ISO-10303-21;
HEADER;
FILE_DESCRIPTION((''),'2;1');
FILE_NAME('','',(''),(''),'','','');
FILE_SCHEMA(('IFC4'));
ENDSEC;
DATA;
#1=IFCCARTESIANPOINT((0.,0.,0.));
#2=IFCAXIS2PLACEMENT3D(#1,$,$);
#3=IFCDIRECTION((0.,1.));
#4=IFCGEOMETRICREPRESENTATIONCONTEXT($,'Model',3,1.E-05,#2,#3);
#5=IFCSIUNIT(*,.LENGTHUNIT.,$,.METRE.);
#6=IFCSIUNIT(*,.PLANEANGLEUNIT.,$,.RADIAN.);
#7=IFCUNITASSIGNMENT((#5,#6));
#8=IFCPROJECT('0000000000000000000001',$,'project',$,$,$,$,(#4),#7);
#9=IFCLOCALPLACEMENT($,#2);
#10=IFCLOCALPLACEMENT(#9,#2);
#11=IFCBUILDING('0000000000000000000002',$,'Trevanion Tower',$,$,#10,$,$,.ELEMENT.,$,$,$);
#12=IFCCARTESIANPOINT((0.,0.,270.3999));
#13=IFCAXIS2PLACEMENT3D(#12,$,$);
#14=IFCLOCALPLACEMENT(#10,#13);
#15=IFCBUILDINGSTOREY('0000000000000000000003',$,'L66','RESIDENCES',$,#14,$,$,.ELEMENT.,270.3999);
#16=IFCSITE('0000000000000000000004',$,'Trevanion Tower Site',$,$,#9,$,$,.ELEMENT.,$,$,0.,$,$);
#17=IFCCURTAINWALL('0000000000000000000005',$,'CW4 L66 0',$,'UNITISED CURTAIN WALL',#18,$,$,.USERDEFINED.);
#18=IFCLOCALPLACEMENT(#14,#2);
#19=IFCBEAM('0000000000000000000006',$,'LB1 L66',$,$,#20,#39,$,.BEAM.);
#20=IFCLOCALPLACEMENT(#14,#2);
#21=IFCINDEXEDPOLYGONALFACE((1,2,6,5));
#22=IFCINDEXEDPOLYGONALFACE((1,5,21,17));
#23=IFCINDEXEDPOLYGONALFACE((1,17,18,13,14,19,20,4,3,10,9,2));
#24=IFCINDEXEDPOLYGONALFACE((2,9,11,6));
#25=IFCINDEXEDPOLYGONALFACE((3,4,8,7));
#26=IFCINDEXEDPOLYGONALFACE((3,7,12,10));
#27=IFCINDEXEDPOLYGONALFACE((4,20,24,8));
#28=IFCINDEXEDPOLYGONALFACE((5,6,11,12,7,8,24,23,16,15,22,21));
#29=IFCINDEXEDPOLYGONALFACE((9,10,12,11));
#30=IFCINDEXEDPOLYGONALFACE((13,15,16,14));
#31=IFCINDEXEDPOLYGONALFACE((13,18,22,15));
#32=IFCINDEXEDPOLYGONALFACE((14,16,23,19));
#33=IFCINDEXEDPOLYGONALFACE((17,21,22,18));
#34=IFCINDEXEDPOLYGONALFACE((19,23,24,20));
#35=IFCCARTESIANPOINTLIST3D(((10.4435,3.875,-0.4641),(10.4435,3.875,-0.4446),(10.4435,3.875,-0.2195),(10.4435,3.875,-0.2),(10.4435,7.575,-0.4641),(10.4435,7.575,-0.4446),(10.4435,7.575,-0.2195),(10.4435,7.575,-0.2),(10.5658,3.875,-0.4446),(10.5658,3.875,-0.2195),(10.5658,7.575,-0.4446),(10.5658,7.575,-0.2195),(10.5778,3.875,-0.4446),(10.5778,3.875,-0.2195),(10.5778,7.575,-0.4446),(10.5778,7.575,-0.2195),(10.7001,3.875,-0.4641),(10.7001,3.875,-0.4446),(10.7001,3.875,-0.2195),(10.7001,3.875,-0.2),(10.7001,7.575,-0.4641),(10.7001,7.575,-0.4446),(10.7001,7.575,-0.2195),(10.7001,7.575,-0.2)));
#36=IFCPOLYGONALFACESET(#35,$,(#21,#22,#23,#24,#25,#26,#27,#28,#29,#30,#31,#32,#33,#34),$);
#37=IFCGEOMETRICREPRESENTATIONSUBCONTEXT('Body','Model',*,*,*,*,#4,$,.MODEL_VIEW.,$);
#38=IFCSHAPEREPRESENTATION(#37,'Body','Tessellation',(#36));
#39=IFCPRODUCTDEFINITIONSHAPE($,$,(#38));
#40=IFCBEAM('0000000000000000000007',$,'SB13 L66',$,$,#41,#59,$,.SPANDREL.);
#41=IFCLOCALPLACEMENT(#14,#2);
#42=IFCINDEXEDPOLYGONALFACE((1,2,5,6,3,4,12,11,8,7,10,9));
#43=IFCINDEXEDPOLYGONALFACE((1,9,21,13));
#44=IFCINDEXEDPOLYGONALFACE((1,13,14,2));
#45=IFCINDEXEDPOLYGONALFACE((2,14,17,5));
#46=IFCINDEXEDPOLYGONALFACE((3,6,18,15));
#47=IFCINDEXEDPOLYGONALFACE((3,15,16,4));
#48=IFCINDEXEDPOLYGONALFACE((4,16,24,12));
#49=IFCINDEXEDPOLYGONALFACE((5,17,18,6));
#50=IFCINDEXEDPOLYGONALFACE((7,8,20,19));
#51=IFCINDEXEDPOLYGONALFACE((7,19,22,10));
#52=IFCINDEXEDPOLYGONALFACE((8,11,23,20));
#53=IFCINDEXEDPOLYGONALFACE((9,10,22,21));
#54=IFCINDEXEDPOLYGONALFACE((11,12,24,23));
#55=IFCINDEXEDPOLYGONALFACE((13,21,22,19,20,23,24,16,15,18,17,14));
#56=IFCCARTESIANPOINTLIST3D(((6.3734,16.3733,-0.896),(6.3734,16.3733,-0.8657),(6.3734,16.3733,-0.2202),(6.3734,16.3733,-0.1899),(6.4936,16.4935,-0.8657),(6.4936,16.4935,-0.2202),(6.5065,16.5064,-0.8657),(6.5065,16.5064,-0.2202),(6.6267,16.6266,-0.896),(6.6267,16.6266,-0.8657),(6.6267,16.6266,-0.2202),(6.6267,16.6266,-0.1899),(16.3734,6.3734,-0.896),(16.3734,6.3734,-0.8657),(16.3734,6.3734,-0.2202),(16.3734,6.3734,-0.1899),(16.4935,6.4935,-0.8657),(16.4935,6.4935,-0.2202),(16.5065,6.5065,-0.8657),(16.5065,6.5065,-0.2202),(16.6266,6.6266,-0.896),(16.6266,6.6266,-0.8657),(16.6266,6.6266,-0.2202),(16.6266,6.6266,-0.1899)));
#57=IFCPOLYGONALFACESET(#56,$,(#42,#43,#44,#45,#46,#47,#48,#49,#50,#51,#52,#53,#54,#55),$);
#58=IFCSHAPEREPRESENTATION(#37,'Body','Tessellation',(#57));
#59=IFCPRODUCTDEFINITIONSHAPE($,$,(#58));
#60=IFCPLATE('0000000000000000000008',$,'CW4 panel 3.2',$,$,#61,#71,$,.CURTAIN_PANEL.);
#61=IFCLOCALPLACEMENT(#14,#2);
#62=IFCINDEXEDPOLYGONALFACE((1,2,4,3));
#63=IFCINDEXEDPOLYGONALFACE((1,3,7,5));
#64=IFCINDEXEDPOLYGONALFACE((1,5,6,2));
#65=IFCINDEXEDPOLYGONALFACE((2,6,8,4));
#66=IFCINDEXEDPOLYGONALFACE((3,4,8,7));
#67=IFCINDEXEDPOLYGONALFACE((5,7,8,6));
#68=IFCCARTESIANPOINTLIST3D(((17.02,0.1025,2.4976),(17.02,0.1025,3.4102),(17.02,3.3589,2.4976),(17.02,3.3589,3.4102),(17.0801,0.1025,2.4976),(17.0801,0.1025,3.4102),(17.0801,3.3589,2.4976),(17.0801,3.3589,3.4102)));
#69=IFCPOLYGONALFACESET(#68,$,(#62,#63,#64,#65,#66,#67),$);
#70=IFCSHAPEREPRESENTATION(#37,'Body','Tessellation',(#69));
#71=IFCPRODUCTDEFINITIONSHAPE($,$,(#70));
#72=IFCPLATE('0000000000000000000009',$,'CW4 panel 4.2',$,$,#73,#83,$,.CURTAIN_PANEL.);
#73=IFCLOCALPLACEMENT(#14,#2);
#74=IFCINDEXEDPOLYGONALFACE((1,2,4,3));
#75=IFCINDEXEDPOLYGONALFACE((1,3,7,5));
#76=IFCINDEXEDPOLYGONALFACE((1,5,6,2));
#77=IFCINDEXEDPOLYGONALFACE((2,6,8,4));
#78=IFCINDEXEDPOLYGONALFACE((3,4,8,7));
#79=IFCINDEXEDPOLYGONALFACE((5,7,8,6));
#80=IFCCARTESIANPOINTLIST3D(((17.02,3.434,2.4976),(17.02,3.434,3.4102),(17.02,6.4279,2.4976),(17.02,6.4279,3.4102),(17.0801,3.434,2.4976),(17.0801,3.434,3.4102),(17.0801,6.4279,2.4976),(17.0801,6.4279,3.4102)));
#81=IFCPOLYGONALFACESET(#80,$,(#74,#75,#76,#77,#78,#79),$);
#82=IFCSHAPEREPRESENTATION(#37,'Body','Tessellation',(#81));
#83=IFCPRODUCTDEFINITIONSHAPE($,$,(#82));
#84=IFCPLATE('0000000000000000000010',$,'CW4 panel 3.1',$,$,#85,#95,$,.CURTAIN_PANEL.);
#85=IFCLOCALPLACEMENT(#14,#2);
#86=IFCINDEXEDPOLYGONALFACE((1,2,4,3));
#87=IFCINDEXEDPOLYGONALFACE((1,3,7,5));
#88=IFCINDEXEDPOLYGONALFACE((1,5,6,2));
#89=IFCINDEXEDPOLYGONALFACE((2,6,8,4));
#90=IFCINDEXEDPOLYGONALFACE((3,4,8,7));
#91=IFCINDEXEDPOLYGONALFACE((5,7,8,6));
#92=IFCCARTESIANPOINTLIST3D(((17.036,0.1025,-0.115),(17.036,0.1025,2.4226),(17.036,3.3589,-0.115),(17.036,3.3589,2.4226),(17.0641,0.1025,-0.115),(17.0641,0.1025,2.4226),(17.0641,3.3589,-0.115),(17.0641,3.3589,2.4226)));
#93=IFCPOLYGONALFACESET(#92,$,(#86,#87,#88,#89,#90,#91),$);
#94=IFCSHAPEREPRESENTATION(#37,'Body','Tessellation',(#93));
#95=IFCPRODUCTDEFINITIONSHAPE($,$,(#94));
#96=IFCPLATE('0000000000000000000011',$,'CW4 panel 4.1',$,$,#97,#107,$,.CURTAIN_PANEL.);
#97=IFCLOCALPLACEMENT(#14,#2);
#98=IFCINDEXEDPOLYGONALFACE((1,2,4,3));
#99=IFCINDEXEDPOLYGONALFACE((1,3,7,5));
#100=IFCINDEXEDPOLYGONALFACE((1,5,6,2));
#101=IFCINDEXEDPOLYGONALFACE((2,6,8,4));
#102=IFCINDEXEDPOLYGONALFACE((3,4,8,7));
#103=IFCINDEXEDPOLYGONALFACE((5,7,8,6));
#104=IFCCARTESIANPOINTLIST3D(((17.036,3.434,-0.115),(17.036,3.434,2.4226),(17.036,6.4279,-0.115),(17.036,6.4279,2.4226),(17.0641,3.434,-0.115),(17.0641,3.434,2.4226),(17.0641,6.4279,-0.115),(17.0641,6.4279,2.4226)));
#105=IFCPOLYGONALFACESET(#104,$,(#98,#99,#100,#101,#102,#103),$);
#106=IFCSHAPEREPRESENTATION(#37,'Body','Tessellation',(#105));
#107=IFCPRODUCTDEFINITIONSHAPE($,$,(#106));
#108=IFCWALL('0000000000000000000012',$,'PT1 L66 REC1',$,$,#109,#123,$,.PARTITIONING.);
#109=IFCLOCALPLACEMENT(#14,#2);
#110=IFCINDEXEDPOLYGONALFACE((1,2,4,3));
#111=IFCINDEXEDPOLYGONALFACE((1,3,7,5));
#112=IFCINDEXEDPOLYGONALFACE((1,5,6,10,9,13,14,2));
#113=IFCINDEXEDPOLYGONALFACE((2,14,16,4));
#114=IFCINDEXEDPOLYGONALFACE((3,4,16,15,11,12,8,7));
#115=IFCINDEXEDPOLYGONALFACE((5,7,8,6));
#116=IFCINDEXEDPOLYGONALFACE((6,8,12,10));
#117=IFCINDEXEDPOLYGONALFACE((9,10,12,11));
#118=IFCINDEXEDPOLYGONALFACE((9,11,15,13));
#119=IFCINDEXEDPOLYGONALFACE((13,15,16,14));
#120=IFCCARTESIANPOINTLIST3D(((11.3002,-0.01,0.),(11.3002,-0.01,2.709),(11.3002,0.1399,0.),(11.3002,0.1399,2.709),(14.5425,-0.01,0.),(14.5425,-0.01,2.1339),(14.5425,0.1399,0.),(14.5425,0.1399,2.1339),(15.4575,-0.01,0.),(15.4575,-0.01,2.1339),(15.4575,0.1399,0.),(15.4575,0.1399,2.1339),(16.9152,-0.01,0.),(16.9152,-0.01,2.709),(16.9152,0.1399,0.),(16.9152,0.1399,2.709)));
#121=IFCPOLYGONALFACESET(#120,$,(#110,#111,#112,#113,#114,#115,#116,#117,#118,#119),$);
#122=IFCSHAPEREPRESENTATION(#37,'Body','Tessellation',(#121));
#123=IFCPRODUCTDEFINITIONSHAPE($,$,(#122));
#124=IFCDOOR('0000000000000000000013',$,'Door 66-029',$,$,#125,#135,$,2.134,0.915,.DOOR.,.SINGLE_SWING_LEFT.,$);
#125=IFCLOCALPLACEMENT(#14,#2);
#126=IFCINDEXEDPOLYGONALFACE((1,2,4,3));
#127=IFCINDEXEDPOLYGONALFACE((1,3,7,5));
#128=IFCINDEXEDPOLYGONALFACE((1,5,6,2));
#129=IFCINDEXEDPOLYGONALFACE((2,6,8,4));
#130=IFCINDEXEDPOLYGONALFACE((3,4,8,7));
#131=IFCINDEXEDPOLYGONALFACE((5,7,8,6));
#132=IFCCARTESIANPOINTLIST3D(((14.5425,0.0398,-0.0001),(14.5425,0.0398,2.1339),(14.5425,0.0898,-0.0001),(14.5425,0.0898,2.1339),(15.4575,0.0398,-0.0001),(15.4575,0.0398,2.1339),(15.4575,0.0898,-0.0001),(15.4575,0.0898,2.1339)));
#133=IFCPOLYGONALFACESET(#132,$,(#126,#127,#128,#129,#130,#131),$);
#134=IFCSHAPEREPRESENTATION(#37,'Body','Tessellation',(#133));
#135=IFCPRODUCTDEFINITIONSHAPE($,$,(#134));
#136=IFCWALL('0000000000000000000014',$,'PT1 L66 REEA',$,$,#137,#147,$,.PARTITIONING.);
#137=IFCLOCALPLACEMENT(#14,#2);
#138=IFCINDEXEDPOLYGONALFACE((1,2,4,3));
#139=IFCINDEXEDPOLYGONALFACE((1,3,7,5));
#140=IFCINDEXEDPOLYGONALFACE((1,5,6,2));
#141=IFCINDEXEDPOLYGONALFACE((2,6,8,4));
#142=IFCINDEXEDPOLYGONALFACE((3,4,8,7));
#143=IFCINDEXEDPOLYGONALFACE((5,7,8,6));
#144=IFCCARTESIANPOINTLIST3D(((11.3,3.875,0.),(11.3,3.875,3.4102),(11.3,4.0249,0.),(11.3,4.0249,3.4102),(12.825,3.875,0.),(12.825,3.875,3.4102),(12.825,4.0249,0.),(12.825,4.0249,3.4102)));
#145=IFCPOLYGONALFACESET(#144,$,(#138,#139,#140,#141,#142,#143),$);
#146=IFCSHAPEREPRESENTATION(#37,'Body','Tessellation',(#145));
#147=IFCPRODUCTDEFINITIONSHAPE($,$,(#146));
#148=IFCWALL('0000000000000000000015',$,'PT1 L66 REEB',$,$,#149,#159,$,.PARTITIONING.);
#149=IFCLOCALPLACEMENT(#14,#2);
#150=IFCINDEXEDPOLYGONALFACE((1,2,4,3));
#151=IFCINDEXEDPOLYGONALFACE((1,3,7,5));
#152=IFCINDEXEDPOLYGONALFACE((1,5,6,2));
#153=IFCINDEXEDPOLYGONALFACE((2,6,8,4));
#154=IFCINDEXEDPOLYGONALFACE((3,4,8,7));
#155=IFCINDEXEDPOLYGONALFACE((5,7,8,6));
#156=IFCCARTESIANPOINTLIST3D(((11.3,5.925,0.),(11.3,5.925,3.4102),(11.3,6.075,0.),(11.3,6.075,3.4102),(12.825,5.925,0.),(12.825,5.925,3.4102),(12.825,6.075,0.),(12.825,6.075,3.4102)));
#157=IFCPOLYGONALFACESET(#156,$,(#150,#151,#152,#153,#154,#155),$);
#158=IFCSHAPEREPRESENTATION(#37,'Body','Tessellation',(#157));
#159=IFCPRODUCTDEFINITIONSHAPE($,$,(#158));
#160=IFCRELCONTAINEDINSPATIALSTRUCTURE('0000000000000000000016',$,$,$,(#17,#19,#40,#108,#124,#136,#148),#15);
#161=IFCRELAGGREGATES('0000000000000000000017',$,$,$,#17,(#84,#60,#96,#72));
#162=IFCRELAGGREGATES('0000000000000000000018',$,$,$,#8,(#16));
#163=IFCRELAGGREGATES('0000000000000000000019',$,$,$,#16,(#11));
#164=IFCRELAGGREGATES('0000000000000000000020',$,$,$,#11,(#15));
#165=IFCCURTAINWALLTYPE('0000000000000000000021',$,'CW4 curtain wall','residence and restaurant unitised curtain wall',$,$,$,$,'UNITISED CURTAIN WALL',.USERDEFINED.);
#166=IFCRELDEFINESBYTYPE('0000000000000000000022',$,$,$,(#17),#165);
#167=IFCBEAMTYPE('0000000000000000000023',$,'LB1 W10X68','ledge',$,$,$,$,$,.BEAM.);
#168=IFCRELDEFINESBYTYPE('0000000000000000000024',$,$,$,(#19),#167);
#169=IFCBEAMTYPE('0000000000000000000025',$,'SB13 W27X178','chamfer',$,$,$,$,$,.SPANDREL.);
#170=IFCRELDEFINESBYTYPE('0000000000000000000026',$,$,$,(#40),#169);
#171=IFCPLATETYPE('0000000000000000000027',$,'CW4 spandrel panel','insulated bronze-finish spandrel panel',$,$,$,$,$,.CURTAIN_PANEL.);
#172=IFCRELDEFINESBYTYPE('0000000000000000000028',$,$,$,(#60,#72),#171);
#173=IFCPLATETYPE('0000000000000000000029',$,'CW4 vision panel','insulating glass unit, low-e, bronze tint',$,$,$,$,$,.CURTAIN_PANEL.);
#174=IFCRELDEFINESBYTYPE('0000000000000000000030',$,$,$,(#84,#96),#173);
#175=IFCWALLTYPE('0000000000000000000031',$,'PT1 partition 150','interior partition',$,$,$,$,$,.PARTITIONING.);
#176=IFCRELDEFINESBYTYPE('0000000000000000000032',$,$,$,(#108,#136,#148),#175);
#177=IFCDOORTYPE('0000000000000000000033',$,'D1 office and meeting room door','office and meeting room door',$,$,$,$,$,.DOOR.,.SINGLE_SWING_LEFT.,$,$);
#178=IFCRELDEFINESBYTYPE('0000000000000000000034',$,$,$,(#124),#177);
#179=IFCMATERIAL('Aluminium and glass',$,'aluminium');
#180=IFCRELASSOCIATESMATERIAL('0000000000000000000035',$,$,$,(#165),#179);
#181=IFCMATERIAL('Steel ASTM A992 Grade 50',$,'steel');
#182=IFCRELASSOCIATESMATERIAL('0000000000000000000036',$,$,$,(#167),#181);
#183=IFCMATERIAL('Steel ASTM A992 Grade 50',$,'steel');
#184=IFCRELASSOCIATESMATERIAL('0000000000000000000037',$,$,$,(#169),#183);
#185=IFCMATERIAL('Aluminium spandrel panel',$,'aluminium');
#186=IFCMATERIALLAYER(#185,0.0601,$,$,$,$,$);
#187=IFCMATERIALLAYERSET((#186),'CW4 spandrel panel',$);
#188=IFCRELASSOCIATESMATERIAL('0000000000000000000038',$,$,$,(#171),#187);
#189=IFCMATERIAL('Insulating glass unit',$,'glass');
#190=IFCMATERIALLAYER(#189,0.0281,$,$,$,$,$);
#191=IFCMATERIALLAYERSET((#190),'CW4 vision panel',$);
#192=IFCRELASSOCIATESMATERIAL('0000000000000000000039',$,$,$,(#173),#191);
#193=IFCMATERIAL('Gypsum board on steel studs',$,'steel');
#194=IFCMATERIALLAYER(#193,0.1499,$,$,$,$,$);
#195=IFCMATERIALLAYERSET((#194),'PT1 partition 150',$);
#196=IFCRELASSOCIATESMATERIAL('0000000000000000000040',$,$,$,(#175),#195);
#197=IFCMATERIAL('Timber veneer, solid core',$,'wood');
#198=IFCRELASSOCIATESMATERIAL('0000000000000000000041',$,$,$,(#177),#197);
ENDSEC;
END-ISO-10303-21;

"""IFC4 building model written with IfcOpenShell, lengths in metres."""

from ifc_helpers import new_model, si_unit, direction, frame, frame_2d, origin, origin_2d, place, context, subcontext, project, spatial, rectangle, i_section, extrude, material, layer, layer_set, material_profile, profile_set, type_object, element, fill, aggregate, save


model = new_model("IFC4")

# Units and contexts
model_context = context("Model", 3, precision=1e-05, world=origin(), true_north=direction((0.0, 1.0)))
body_context = subcontext(model_context, "Body", "Model", "MODEL_VIEW")
ifc_project = project(units=[si_unit("LENGTHUNIT", "METRE"), si_unit("PLANEANGLEUNIT", "RADIAN")], contexts=[model_context])

# Site, building, storey
site_placement = place(None, origin())
site = spatial("IfcSite", under=ifc_project, at=site_placement, Name="Trevanion Tower Site", CompositionType="ELEMENT", RefElevation=0.0)
building_placement = place(site_placement, origin())
building = spatial("IfcBuilding", under=site, at=building_placement, Name="Trevanion Tower", CompositionType="ELEMENT")
storey_placement = place(building_placement, frame((0.0, 0.0, 270.3999)))
storey = spatial("IfcBuildingStorey", under=building, at=storey_placement, Name="L66", Description="RESIDENCES", CompositionType="ELEMENT", Elevation=270.3999)

# Curtain wall
ifc_material_1 = material(Name="Aluminium and glass", Category="aluminium")
curtain_wall_type = type_object("IfcCurtainWallType", Name="CW4 curtain wall", Description="residence and restaurant unitised curtain wall", ElementType="UNITISED CURTAIN WALL", PredefinedType="USERDEFINED", material=ifc_material_1)
curtain_wall_placement = place(storey_placement, origin())
curtain_wall = element("IfcCurtainWall", 1, at=curtain_wall_placement, inside=storey, type_object=curtain_wall_type, Name="CW4 L66 0", ObjectType="UNITISED CURTAIN WALL", PredefinedType="USERDEFINED")

# Beams
ifc_material_2 = material(Name="Steel ASTM A992 Grade 50", Category="steel")
ifc_material_profile_1 = material_profile(ifc_material_2, i_section(OverallWidth=0.2566, OverallDepth=0.2642, WebThickness=0.012, FlangeThickness=0.0195, at=origin_2d()), Name="W10X68")
ifc_profile_set_1 = profile_set([ifc_material_profile_1], Name="Steel ASTM A992 Grade 50")
beam_type_1 = type_object("IfcBeamType", Name="LB1 W10X68", Description="ledge", PredefinedType="BEAM", material=ifc_profile_set_1)
beam_1_placement = place(storey_placement, frame((10.5718, 3.875, -0.332), z_axis=(0.0, 1.0, 0.0), x_axis=(-1.0, 0.0, 0.0)))
element("IfcBeam", 2, at=beam_1_placement, inside=storey, type_object=beam_type_1, Name="LB1 L66", PredefinedType="BEAM", context=body_context, shape_type="SweptSolid", body=[
    extrude(i_section(OverallWidth=0.2566, OverallDepth=0.2642, WebThickness=0.012, FlangeThickness=0.0195, at=origin_2d()), origin(), (0.0, 0.0, 1.0), 3.7),
])
ifc_material_3 = material(Name="Steel ASTM A992 Grade 50", Category="steel")
ifc_material_profile_2 = material_profile(ifc_material_3, i_section(OverallWidth=0.3582, OverallDepth=0.7061, WebThickness=0.0183, FlangeThickness=0.0303, at=origin_2d()), Name="W27X178")
ifc_profile_set_2 = profile_set([ifc_material_profile_2], Name="Steel ASTM A992 Grade 50")
beam_type_2 = type_object("IfcBeamType", Name="SB13 W27X178", Description="chamfer", PredefinedType="SPANDREL", material=ifc_profile_set_2)
beam_2_placement = place(storey_placement, frame((16.5, 6.5, -0.543), z_axis=(-0.707107, 0.707107, 0.0), x_axis=(-0.707107, -0.707107, 0.0)))
element("IfcBeam", 3, at=beam_2_placement, inside=storey, type_object=beam_type_2, Name="SB13 L66", PredefinedType="SPANDREL", context=body_context, shape_type="SweptSolid", body=[
    extrude(i_section(OverallWidth=0.3582, OverallDepth=0.7061, WebThickness=0.0183, FlangeThickness=0.0303, at=origin_2d()), origin(), (0.0, 0.0, 1.0), 14.1421),
])

# Plates
ifc_material_4 = material(Name="Aluminium spandrel panel", Category="aluminium")
ifc_layer_1 = layer(ifc_material_4, 0.0601)
ifc_layer_set_1 = layer_set([ifc_layer_1], Name="CW4 spandrel panel")
plate_type_1 = type_object("IfcPlateType", Name="CW4 spandrel panel", Description="insulated bronze-finish spandrel panel", PredefinedType="CURTAIN_PANEL", material=ifc_layer_set_1)
plate_1_placement = place(storey_placement, frame((17.05, 1.7307, 2.4976), z_axis=(0.0, 0.0, 1.0), x_axis=(0.0, 1.0, 0.0)))
plate_1 = element("IfcPlate", 4, at=plate_1_placement, type_object=plate_type_1, Name="CW4 panel 3.2", PredefinedType="CURTAIN_PANEL", context=body_context, shape_type="SweptSolid", body=[
    extrude(rectangle(XDim=3.2563, YDim=0.0601, at=origin_2d()), origin(), (0.0, 0.0, 1.0), 0.9126),
])
plate_2_placement = place(storey_placement, frame((17.05, 4.9309, 2.4976), z_axis=(0.0, 0.0, 1.0), x_axis=(0.0, 1.0, 0.0)))
plate_2 = element("IfcPlate", 5, at=plate_2_placement, type_object=plate_type_1, Name="CW4 panel 4.2", PredefinedType="CURTAIN_PANEL", context=body_context, shape_type="SweptSolid", body=[
    extrude(rectangle(XDim=2.9939, YDim=0.0601, at=origin_2d()), origin(), (0.0, 0.0, 1.0), 0.9126),
])
ifc_material_5 = material(Name="Insulating glass unit", Category="glass")
ifc_layer_2 = layer(ifc_material_5, 0.0281)
ifc_layer_set_2 = layer_set([ifc_layer_2], Name="CW4 vision panel")
plate_type_2 = type_object("IfcPlateType", Name="CW4 vision panel", Description="insulating glass unit, low-e, bronze tint", PredefinedType="CURTAIN_PANEL", material=ifc_layer_set_2)
plate_3_placement = place(storey_placement, frame((17.05, 1.7307, -0.115), z_axis=(0.0, 0.0, 1.0), x_axis=(0.0, 1.0, 0.0)))
plate_3 = element("IfcPlate", 6, at=plate_3_placement, type_object=plate_type_2, Name="CW4 panel 3.1", PredefinedType="CURTAIN_PANEL", context=body_context, shape_type="SweptSolid", body=[
    extrude(rectangle(XDim=3.2563, YDim=0.0281, at=origin_2d()), origin(), (0.0, 0.0, 1.0), 2.5376),
])
plate_4_placement = place(storey_placement, frame((17.05, 4.9309, -0.115), z_axis=(0.0, 0.0, 1.0), x_axis=(0.0, 1.0, 0.0)))
plate_4 = element("IfcPlate", 7, at=plate_4_placement, type_object=plate_type_2, Name="CW4 panel 4.1", PredefinedType="CURTAIN_PANEL", context=body_context, shape_type="SweptSolid", body=[
    extrude(rectangle(XDim=2.9939, YDim=0.0281, at=origin_2d()), origin(), (0.0, 0.0, 1.0), 2.5376),
])
aggregate(curtain_wall, [plate_3, plate_1, plate_4, plate_2])

# Wall, opening, door
ifc_material_6 = material(Name="Gypsum board on steel studs", Category="steel")
ifc_layer_3 = layer(ifc_material_6, 0.1499)
ifc_layer_set_3 = layer_set([ifc_layer_3], Name="PT1 partition 150")
wall_type_1 = type_object("IfcWallType", Name="PT1 partition 150", Description="interior partition", PredefinedType="PARTITIONING", material=ifc_layer_set_3)
wall_1_placement = place(storey_placement, frame((11.3, 0.0649, 0.0), z_axis=(0.0, 0.0, 1.0), x_axis=(1.0, 0.0, 0.0)))
wall_1 = element("IfcWall", 8, at=wall_1_placement, inside=storey, type_object=wall_type_1, Name="PT1 L66 REC1", PredefinedType="PARTITIONING", context=body_context, shape_type="SweptSolid", body=[
    extrude(rectangle(XDim=5.615, YDim=0.1499, at=frame_2d((2.8076, 0.0))), origin(), (0.0, 0.0, 1.0), 2.709),
])
opening_1_placement = place(wall_1_placement, frame((3.2424, 0.0, 0.0)))
opening_1 = element("IfcOpeningElement", 9, at=opening_1_placement, cuts=wall_1, PredefinedType="OPENING", context=body_context, shape_type="SweptSolid", body=[
    extrude(rectangle(XDim=0.915, YDim=2.134, at=frame_2d((0.4575, 1.0669))), frame((0.0, 0.085, 0.0), z_axis=(0.0, -1.0, 0.0), x_axis=(1.0, 0.0, 0.0)), (0.0, 0.0, 1.0), 0.1699),
])
ifc_material_7 = material(Name="Timber veneer, solid core", Category="wood")
door_type_1 = type_object("IfcDoorType", Name="D1 office and meeting room door", Description="office and meeting room door", OperationType="SINGLE_SWING_LEFT", PredefinedType="DOOR", material=ifc_material_7)
door_1_placement = place(opening_1_placement, origin())
door_1 = element("IfcDoor", 10, at=door_1_placement, inside=storey, type_object=door_type_1, Name="Door 66-029", OperationType="SINGLE_SWING_LEFT", OverallHeight=2.134, OverallWidth=0.915, PredefinedType="DOOR", context=body_context, shape_type="SweptSolid", body=[
    extrude(rectangle(XDim=0.915, YDim=2.134, at=frame_2d((0.4575, 1.0669))), frame((0.0, 0.0249, 0.0), z_axis=(0.0, -1.0, 0.0), x_axis=(1.0, 0.0, 0.0)), (0.0, 0.0, 1.0), 0.05),
])
fill(opening_1, door_1)

# Walls
for number, where, z_axis, x_axis, name in (
    (11, (11.3, 3.95, 0.0), (0.0, 0.0, 1.0), (1.0, 0.0, 0.0), "PT1 L66 REEA"),
    (12, (11.3, 6.0, 0.0), (0.0, 0.0, 1.0), (1.0, 0.0, 0.0), "PT1 L66 REEB"),
):
    element("IfcWall", number, at=place(storey_placement, frame(where, z_axis=z_axis, x_axis=x_axis)), inside=storey, type_object=wall_type_1, Name=name, PredefinedType="PARTITIONING", context=body_context, shape_type="SweptSolid", body=[
        extrude(rectangle(XDim=1.5249, YDim=0.1499, at=frame_2d((0.7625, 0.0))), origin(), (0.0, 0.0, 1.0), 3.4102),
    ])

save(model, "model.ifc")
